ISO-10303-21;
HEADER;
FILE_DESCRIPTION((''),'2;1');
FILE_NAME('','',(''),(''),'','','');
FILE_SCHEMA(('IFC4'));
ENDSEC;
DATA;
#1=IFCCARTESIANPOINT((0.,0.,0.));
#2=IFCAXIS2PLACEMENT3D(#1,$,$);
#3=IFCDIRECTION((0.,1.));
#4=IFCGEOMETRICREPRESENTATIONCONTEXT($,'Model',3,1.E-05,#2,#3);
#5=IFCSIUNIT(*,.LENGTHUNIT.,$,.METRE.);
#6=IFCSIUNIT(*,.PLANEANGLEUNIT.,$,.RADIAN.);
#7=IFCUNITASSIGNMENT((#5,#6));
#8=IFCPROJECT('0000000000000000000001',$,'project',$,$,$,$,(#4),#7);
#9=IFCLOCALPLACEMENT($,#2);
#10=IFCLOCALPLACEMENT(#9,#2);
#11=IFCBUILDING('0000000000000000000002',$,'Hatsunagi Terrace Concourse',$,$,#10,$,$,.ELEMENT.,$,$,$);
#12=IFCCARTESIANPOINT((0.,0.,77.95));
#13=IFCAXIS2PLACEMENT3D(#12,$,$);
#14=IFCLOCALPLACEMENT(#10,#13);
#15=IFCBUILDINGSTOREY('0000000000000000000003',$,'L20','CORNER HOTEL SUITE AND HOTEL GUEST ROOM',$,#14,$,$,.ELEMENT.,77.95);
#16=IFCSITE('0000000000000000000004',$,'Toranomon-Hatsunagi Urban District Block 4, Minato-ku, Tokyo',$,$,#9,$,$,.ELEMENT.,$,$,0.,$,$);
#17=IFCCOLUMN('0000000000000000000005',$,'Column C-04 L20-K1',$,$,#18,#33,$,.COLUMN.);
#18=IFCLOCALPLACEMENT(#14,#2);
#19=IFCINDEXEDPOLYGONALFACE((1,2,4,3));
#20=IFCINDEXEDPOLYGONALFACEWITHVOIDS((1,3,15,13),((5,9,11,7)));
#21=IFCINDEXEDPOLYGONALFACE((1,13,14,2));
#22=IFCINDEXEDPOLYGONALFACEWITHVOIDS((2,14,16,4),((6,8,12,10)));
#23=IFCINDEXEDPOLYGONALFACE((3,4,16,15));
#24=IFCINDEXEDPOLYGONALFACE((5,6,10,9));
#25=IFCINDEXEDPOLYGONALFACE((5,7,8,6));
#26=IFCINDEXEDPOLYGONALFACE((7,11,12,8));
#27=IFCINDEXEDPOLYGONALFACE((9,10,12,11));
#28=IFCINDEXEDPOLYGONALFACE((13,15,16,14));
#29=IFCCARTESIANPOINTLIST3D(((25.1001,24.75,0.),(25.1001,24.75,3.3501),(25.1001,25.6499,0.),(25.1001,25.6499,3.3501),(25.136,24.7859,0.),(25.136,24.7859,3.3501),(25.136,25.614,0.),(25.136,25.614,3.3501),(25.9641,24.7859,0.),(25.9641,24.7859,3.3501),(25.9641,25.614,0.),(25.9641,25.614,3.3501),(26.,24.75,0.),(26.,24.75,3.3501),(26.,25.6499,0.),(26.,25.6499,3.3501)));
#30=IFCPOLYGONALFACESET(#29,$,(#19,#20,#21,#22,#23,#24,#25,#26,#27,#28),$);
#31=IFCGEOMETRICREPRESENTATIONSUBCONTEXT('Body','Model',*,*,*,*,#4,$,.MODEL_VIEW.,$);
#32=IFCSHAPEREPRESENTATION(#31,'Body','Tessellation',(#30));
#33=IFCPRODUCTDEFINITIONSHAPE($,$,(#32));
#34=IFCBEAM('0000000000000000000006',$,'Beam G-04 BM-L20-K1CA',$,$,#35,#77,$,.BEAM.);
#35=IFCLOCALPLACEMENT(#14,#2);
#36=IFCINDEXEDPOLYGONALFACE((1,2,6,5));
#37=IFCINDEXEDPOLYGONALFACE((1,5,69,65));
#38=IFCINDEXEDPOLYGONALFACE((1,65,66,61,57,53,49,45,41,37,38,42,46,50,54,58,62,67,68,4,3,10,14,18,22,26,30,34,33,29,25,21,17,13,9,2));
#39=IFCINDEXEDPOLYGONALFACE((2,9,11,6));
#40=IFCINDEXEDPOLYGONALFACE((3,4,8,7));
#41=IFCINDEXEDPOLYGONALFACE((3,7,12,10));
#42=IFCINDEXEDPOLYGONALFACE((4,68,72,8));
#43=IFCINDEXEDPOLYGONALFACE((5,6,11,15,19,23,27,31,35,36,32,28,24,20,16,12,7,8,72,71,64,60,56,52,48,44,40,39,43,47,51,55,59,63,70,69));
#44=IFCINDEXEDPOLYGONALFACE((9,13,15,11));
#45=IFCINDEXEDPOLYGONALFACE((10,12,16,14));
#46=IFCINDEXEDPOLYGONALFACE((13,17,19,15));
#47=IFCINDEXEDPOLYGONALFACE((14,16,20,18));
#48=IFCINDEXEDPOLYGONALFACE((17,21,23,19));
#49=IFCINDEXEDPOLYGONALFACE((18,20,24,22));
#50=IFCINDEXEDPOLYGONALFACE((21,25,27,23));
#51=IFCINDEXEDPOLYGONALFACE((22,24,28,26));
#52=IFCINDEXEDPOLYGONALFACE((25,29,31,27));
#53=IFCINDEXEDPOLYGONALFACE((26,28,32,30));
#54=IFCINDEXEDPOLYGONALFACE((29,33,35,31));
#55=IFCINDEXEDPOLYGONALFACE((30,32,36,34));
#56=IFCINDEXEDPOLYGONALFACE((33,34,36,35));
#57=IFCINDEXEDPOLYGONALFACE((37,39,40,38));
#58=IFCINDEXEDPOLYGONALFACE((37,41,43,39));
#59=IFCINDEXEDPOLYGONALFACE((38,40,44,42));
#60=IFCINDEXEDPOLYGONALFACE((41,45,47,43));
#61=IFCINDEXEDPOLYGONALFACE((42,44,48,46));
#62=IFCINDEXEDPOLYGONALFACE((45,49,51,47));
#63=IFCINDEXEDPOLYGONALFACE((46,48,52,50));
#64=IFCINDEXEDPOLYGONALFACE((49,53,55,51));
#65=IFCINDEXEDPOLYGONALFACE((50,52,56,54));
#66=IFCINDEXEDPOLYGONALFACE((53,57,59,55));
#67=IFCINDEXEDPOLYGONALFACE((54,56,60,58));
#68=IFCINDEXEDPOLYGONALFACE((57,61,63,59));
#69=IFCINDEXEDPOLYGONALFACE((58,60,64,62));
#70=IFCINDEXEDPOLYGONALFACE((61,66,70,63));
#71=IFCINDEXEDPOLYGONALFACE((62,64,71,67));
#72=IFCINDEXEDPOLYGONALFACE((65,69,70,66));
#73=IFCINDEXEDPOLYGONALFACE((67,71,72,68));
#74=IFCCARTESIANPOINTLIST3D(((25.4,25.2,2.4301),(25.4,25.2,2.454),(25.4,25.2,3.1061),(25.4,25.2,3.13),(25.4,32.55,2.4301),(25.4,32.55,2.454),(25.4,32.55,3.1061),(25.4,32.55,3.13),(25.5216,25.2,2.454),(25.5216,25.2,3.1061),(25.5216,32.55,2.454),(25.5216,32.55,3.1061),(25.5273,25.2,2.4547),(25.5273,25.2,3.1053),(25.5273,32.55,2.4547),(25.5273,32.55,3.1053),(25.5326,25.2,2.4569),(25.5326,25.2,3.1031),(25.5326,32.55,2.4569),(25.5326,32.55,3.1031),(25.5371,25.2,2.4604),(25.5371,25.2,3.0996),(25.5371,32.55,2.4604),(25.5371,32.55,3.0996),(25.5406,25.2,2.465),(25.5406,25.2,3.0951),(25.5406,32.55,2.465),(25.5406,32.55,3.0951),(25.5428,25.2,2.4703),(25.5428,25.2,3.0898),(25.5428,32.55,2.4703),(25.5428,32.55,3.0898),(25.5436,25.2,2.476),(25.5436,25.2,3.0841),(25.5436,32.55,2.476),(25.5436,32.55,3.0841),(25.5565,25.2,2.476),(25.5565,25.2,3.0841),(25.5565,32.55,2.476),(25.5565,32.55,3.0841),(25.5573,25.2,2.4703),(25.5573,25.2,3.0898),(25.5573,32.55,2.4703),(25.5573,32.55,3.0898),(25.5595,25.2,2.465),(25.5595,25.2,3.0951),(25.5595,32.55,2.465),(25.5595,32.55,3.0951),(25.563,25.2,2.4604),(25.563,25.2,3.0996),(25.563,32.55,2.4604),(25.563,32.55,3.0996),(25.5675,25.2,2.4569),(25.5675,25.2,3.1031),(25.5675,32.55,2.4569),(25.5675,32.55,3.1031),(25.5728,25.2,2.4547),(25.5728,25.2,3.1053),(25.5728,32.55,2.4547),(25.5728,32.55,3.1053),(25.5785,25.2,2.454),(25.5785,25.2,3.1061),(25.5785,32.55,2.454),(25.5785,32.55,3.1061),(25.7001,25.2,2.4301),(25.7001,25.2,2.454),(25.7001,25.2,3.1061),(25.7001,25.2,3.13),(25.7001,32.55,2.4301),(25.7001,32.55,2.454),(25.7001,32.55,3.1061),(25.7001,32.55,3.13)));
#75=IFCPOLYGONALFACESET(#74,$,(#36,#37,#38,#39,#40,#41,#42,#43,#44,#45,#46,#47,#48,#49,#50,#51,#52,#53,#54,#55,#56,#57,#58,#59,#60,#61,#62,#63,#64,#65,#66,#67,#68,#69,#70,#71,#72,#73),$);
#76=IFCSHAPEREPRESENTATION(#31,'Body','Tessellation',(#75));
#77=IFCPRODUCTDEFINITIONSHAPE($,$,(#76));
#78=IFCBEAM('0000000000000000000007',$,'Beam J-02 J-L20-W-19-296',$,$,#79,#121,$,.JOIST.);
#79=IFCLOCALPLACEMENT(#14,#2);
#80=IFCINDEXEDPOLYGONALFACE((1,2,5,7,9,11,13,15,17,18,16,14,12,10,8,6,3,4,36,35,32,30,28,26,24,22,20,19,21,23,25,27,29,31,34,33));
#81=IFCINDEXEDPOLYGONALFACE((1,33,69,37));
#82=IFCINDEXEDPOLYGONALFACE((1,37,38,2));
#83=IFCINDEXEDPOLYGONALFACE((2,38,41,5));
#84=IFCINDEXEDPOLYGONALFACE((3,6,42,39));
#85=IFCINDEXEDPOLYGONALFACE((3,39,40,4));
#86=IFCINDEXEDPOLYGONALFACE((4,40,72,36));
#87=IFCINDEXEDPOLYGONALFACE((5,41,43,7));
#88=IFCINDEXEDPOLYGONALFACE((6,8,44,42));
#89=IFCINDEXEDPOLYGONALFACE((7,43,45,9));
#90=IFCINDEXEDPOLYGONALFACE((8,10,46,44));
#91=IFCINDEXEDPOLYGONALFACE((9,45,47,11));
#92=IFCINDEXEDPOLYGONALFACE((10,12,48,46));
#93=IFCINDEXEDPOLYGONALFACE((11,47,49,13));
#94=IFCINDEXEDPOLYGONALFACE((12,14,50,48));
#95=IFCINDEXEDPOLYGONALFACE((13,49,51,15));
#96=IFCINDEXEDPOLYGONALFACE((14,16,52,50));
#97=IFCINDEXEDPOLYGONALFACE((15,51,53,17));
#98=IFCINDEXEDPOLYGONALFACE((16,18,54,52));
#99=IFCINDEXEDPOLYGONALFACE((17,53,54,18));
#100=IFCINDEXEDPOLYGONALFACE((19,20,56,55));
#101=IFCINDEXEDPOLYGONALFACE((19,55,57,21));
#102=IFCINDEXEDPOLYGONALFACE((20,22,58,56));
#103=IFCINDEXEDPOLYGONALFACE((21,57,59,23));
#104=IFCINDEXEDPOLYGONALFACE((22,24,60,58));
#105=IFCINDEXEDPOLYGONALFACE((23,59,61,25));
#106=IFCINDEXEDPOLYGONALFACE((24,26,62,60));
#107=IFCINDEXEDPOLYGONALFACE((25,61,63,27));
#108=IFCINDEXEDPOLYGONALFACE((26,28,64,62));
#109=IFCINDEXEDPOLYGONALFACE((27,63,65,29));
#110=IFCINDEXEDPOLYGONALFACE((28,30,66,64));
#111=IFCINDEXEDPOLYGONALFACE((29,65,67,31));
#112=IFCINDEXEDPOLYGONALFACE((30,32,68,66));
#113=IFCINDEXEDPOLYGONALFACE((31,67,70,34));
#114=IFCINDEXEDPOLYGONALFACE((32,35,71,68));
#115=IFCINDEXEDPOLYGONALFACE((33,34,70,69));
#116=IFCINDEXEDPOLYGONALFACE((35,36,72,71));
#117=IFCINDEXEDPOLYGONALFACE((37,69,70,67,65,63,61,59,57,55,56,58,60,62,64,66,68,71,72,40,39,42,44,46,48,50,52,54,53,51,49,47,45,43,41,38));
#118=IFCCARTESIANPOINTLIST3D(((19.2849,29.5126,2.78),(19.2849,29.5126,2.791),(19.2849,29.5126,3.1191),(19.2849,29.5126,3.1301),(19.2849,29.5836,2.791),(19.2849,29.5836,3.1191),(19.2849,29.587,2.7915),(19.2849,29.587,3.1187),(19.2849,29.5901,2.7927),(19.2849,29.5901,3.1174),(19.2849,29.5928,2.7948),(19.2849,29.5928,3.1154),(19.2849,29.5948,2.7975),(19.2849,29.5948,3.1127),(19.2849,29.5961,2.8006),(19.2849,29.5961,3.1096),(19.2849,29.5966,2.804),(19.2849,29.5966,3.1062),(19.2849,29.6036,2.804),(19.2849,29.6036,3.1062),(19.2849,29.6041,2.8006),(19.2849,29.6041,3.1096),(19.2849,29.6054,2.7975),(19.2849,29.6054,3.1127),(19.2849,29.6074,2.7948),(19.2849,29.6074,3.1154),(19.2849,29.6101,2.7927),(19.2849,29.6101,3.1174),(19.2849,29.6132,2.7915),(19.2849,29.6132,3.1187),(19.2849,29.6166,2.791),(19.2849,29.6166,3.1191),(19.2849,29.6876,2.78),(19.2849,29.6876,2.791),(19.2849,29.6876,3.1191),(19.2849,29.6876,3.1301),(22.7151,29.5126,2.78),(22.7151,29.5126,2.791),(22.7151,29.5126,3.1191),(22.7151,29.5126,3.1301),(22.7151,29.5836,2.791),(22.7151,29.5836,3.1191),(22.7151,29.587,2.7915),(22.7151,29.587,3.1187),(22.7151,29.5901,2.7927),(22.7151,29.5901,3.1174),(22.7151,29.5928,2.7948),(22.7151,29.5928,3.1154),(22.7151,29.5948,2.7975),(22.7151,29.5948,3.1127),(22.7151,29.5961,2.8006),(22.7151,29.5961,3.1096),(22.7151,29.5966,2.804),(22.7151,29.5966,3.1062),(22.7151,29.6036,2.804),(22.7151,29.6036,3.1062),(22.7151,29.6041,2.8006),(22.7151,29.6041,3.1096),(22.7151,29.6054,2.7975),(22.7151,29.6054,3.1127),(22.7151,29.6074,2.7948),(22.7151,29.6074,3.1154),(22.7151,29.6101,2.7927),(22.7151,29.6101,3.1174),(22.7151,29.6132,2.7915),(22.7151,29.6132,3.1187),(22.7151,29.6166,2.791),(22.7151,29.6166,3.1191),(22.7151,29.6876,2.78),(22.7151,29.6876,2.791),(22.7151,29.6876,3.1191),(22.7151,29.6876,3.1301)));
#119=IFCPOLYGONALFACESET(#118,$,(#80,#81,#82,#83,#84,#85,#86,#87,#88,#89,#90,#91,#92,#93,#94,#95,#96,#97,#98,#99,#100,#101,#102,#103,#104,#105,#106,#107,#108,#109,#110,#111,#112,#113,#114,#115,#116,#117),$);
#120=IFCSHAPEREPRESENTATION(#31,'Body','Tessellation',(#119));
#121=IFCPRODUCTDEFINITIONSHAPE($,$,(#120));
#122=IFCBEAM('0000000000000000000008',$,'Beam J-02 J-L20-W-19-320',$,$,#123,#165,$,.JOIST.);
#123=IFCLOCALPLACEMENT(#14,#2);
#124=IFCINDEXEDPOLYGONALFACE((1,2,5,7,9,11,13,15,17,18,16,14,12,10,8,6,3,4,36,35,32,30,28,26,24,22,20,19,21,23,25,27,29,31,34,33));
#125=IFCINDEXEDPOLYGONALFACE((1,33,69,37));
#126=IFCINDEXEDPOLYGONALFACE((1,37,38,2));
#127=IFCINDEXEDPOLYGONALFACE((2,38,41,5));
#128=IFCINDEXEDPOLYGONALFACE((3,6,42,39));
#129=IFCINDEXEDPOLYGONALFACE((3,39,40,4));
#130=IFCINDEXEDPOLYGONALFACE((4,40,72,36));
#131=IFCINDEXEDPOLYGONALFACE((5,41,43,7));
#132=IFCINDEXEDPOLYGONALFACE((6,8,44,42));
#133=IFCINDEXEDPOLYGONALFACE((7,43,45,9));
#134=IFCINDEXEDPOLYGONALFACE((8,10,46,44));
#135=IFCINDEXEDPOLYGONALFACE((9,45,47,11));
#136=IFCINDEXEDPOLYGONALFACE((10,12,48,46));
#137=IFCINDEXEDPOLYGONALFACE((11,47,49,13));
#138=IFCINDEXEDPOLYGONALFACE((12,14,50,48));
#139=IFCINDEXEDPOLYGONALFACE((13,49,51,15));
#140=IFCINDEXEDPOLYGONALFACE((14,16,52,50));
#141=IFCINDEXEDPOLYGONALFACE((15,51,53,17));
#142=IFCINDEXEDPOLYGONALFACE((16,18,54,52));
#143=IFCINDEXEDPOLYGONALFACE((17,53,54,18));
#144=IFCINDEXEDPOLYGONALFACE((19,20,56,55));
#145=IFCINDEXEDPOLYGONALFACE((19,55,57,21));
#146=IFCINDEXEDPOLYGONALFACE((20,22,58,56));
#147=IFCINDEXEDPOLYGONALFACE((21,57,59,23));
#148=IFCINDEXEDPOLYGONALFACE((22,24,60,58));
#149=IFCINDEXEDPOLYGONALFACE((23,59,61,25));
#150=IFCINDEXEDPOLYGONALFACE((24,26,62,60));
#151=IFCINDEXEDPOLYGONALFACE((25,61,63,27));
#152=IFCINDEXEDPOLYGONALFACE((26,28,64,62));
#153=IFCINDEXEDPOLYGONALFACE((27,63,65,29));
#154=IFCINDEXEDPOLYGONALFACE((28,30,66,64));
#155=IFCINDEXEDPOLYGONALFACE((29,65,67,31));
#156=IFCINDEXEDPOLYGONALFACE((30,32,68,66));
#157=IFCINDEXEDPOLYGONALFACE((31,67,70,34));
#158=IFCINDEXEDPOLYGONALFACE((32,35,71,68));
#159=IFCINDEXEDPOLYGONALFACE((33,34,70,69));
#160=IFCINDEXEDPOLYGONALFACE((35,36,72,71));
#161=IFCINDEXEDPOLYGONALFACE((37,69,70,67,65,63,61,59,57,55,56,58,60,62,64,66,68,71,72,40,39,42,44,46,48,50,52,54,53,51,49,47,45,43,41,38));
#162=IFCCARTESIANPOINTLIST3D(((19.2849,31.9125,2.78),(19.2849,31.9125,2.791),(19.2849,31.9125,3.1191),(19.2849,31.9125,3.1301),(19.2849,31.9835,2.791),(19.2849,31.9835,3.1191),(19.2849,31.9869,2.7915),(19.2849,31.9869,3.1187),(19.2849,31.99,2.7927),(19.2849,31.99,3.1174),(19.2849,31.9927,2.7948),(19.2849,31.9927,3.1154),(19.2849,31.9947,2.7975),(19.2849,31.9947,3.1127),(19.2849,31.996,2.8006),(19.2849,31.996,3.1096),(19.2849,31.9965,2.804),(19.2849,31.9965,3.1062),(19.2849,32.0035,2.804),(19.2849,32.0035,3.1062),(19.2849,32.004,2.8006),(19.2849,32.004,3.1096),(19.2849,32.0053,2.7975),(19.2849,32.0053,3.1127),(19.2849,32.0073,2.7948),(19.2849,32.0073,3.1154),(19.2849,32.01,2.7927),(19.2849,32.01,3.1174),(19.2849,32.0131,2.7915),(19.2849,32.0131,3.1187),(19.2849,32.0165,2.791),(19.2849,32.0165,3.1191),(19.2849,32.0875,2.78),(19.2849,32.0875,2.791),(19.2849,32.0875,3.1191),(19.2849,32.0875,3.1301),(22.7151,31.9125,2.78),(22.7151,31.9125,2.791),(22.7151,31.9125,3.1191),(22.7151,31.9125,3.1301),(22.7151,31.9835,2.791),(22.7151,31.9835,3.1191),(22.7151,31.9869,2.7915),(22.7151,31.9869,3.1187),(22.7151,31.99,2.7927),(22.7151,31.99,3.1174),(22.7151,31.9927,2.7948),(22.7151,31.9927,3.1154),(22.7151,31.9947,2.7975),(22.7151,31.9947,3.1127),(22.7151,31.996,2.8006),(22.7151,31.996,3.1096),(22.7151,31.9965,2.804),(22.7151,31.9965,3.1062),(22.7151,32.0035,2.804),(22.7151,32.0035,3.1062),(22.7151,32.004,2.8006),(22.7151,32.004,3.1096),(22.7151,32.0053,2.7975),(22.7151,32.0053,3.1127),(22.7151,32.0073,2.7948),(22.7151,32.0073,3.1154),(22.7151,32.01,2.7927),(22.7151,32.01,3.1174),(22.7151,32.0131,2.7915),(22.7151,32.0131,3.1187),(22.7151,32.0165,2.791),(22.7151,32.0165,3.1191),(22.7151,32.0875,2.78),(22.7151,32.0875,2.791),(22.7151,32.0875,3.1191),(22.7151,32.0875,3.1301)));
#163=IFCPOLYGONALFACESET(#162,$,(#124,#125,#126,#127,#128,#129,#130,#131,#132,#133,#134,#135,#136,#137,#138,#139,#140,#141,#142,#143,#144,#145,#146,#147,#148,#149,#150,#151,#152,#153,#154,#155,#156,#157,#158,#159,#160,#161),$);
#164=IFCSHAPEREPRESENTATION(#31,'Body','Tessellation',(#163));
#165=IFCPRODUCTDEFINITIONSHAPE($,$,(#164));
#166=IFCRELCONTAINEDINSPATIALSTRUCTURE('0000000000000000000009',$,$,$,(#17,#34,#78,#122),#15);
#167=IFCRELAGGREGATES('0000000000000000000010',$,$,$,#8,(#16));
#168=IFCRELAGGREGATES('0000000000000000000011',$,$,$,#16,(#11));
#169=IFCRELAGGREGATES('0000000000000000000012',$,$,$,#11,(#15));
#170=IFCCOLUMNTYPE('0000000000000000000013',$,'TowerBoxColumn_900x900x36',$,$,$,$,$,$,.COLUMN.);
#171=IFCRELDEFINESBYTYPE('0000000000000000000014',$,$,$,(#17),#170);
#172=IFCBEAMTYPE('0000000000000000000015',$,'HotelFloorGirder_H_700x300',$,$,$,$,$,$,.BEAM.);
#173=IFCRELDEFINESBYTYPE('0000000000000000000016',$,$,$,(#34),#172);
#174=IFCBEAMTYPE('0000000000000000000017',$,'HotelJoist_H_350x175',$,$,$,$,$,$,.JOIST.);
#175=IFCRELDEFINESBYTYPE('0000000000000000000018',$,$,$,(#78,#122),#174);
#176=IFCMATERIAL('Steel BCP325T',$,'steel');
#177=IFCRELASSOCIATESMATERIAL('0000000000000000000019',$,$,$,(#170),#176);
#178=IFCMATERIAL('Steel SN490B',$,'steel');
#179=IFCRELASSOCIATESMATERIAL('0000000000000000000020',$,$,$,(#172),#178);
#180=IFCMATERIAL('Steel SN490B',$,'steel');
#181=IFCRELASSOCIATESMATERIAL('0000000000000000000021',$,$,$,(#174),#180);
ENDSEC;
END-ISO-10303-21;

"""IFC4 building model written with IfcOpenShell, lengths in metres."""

from ifc_helpers import new_model, si_unit, direction, frame, origin, origin_2d, place, context, subcontext, project, spatial, hollow_rectangle, i_section, extrude, material, material_profile, profile_set, type_object, element, save


model = new_model("IFC4")

# Units and contexts
model_context = context("Model", 3, precision=1e-05, world=origin(), true_north=direction((0.0, 1.0)))
body_context = subcontext(model_context, "Body", "Model", "MODEL_VIEW")
ifc_project = project(units=[si_unit("LENGTHUNIT", "METRE"), si_unit("PLANEANGLEUNIT", "RADIAN")], contexts=[model_context])

# Site, building, storey
site_placement = place(None, origin())
site = spatial("IfcSite", under=ifc_project, at=site_placement, Name="Toranomon-Hatsunagi Urban District Block 4, Minato-ku, Tokyo", CompositionType="ELEMENT", RefElevation=0.0)
building_placement = place(site_placement, origin())
building = spatial("IfcBuilding", under=site, at=building_placement, Name="Hatsunagi Terrace Concourse", CompositionType="ELEMENT")
storey_placement = place(building_placement, frame((0.0, 0.0, 77.95)))
storey = spatial("IfcBuildingStorey", under=building, at=storey_placement, Name="L20", Description="CORNER HOTEL SUITE AND HOTEL GUEST ROOM", CompositionType="ELEMENT", Elevation=77.95)

# Column
ifc_material_1 = material(Name="Steel BCP325T", Category="steel")
ifc_material_profile_1 = material_profile(ifc_material_1, hollow_rectangle(XDim=0.8999, YDim=0.8999, WallThickness=0.0359, at=origin_2d()), Name="BCP-900x900x36")
ifc_profile_set_1 = profile_set([ifc_material_profile_1], Name="Steel BCP325T")
column_type = type_object("IfcColumnType", Name="TowerBoxColumn_900x900x36", PredefinedType="COLUMN", material=ifc_profile_set_1)
column_placement = place(storey_placement, frame((25.55, 25.2, 0.0), z_axis=(0.0, 0.0, 1.0), x_axis=(1.0, 0.0, 0.0)))
element("IfcColumn", 1, at=column_placement, inside=storey, type_object=column_type, Name="Column C-04 L20-K1", PredefinedType="COLUMN", context=body_context, shape_type="SweptSolid", body=[
    extrude(hollow_rectangle(XDim=0.8999, YDim=0.8999, WallThickness=0.0359, at=origin_2d()), origin(), (0.0, 0.0, 1.0), 3.3501),
])

# Beams
ifc_material_2 = material(Name="Steel SN490B", Category="steel")
ifc_material_profile_2 = material_profile(ifc_material_2, i_section(OverallWidth=0.3, OverallDepth=0.7, WebThickness=0.0129, FlangeThickness=0.0239, FilletRadius=0.022, at=origin_2d()), Name="H-700x300x13x24")
ifc_profile_set_2 = profile_set([ifc_material_profile_2], Name="Steel SN490B")
beam_type_1 = type_object("IfcBeamType", Name="HotelFloorGirder_H_700x300", PredefinedType="BEAM", material=ifc_profile_set_2)
beam_1_placement = place(storey_placement, frame((25.55, 25.2, 2.78), z_axis=(0.0, 1.0, 0.0), x_axis=(-1.0, 0.0, 0.0)))
element("IfcBeam", 2, at=beam_1_placement, inside=storey, type_object=beam_type_1, Name="Beam G-04 BM-L20-K1CA", PredefinedType="BEAM", context=body_context, shape_type="SweptSolid", body=[
    extrude(i_section(OverallWidth=0.3, OverallDepth=0.7, WebThickness=0.0129, FlangeThickness=0.0239, FilletRadius=0.022, at=origin_2d()), origin(), (0.0, 0.0, 1.0), 7.3501),
])
ifc_material_3 = material(Name="Steel SN490B", Category="steel")
ifc_material_profile_3 = material_profile(ifc_material_3, i_section(OverallWidth=0.175, OverallDepth=0.3501, WebThickness=0.0071, FlangeThickness=0.011, FilletRadius=0.0129, at=origin_2d()), Name="H-350x175x7x11")
ifc_profile_set_3 = profile_set([ifc_material_profile_3], Name="Steel SN490B")
beam_type_2 = type_object("IfcBeamType", Name="HotelJoist_H_350x175", PredefinedType="JOIST", material=ifc_profile_set_3)
for number, where, z_axis, x_axis, name in (
    (3, (19.2849, 29.6001, 2.9551), (1.0, 0.0, 0.0), (0.0, 1.0, 0.0), "Beam J-02 J-L20-W-19-296"),
    (4, (19.2849, 32.0, 2.9551), (1.0, 0.0, 0.0), (0.0, 1.0, 0.0), "Beam J-02 J-L20-W-19-320"),
):
    element("IfcBeam", number, at=place(storey_placement, frame(where, z_axis=z_axis, x_axis=x_axis)), inside=storey, type_object=beam_type_2, Name=name, PredefinedType="JOIST", context=body_context, shape_type="SweptSolid", body=[
        extrude(i_section(OverallWidth=0.175, OverallDepth=0.3501, WebThickness=0.0071, FlangeThickness=0.011, FilletRadius=0.0129, at=origin_2d()), origin(), (0.0, 0.0, 1.0), 3.4302),
    ])

save(model, "model.ifc")
